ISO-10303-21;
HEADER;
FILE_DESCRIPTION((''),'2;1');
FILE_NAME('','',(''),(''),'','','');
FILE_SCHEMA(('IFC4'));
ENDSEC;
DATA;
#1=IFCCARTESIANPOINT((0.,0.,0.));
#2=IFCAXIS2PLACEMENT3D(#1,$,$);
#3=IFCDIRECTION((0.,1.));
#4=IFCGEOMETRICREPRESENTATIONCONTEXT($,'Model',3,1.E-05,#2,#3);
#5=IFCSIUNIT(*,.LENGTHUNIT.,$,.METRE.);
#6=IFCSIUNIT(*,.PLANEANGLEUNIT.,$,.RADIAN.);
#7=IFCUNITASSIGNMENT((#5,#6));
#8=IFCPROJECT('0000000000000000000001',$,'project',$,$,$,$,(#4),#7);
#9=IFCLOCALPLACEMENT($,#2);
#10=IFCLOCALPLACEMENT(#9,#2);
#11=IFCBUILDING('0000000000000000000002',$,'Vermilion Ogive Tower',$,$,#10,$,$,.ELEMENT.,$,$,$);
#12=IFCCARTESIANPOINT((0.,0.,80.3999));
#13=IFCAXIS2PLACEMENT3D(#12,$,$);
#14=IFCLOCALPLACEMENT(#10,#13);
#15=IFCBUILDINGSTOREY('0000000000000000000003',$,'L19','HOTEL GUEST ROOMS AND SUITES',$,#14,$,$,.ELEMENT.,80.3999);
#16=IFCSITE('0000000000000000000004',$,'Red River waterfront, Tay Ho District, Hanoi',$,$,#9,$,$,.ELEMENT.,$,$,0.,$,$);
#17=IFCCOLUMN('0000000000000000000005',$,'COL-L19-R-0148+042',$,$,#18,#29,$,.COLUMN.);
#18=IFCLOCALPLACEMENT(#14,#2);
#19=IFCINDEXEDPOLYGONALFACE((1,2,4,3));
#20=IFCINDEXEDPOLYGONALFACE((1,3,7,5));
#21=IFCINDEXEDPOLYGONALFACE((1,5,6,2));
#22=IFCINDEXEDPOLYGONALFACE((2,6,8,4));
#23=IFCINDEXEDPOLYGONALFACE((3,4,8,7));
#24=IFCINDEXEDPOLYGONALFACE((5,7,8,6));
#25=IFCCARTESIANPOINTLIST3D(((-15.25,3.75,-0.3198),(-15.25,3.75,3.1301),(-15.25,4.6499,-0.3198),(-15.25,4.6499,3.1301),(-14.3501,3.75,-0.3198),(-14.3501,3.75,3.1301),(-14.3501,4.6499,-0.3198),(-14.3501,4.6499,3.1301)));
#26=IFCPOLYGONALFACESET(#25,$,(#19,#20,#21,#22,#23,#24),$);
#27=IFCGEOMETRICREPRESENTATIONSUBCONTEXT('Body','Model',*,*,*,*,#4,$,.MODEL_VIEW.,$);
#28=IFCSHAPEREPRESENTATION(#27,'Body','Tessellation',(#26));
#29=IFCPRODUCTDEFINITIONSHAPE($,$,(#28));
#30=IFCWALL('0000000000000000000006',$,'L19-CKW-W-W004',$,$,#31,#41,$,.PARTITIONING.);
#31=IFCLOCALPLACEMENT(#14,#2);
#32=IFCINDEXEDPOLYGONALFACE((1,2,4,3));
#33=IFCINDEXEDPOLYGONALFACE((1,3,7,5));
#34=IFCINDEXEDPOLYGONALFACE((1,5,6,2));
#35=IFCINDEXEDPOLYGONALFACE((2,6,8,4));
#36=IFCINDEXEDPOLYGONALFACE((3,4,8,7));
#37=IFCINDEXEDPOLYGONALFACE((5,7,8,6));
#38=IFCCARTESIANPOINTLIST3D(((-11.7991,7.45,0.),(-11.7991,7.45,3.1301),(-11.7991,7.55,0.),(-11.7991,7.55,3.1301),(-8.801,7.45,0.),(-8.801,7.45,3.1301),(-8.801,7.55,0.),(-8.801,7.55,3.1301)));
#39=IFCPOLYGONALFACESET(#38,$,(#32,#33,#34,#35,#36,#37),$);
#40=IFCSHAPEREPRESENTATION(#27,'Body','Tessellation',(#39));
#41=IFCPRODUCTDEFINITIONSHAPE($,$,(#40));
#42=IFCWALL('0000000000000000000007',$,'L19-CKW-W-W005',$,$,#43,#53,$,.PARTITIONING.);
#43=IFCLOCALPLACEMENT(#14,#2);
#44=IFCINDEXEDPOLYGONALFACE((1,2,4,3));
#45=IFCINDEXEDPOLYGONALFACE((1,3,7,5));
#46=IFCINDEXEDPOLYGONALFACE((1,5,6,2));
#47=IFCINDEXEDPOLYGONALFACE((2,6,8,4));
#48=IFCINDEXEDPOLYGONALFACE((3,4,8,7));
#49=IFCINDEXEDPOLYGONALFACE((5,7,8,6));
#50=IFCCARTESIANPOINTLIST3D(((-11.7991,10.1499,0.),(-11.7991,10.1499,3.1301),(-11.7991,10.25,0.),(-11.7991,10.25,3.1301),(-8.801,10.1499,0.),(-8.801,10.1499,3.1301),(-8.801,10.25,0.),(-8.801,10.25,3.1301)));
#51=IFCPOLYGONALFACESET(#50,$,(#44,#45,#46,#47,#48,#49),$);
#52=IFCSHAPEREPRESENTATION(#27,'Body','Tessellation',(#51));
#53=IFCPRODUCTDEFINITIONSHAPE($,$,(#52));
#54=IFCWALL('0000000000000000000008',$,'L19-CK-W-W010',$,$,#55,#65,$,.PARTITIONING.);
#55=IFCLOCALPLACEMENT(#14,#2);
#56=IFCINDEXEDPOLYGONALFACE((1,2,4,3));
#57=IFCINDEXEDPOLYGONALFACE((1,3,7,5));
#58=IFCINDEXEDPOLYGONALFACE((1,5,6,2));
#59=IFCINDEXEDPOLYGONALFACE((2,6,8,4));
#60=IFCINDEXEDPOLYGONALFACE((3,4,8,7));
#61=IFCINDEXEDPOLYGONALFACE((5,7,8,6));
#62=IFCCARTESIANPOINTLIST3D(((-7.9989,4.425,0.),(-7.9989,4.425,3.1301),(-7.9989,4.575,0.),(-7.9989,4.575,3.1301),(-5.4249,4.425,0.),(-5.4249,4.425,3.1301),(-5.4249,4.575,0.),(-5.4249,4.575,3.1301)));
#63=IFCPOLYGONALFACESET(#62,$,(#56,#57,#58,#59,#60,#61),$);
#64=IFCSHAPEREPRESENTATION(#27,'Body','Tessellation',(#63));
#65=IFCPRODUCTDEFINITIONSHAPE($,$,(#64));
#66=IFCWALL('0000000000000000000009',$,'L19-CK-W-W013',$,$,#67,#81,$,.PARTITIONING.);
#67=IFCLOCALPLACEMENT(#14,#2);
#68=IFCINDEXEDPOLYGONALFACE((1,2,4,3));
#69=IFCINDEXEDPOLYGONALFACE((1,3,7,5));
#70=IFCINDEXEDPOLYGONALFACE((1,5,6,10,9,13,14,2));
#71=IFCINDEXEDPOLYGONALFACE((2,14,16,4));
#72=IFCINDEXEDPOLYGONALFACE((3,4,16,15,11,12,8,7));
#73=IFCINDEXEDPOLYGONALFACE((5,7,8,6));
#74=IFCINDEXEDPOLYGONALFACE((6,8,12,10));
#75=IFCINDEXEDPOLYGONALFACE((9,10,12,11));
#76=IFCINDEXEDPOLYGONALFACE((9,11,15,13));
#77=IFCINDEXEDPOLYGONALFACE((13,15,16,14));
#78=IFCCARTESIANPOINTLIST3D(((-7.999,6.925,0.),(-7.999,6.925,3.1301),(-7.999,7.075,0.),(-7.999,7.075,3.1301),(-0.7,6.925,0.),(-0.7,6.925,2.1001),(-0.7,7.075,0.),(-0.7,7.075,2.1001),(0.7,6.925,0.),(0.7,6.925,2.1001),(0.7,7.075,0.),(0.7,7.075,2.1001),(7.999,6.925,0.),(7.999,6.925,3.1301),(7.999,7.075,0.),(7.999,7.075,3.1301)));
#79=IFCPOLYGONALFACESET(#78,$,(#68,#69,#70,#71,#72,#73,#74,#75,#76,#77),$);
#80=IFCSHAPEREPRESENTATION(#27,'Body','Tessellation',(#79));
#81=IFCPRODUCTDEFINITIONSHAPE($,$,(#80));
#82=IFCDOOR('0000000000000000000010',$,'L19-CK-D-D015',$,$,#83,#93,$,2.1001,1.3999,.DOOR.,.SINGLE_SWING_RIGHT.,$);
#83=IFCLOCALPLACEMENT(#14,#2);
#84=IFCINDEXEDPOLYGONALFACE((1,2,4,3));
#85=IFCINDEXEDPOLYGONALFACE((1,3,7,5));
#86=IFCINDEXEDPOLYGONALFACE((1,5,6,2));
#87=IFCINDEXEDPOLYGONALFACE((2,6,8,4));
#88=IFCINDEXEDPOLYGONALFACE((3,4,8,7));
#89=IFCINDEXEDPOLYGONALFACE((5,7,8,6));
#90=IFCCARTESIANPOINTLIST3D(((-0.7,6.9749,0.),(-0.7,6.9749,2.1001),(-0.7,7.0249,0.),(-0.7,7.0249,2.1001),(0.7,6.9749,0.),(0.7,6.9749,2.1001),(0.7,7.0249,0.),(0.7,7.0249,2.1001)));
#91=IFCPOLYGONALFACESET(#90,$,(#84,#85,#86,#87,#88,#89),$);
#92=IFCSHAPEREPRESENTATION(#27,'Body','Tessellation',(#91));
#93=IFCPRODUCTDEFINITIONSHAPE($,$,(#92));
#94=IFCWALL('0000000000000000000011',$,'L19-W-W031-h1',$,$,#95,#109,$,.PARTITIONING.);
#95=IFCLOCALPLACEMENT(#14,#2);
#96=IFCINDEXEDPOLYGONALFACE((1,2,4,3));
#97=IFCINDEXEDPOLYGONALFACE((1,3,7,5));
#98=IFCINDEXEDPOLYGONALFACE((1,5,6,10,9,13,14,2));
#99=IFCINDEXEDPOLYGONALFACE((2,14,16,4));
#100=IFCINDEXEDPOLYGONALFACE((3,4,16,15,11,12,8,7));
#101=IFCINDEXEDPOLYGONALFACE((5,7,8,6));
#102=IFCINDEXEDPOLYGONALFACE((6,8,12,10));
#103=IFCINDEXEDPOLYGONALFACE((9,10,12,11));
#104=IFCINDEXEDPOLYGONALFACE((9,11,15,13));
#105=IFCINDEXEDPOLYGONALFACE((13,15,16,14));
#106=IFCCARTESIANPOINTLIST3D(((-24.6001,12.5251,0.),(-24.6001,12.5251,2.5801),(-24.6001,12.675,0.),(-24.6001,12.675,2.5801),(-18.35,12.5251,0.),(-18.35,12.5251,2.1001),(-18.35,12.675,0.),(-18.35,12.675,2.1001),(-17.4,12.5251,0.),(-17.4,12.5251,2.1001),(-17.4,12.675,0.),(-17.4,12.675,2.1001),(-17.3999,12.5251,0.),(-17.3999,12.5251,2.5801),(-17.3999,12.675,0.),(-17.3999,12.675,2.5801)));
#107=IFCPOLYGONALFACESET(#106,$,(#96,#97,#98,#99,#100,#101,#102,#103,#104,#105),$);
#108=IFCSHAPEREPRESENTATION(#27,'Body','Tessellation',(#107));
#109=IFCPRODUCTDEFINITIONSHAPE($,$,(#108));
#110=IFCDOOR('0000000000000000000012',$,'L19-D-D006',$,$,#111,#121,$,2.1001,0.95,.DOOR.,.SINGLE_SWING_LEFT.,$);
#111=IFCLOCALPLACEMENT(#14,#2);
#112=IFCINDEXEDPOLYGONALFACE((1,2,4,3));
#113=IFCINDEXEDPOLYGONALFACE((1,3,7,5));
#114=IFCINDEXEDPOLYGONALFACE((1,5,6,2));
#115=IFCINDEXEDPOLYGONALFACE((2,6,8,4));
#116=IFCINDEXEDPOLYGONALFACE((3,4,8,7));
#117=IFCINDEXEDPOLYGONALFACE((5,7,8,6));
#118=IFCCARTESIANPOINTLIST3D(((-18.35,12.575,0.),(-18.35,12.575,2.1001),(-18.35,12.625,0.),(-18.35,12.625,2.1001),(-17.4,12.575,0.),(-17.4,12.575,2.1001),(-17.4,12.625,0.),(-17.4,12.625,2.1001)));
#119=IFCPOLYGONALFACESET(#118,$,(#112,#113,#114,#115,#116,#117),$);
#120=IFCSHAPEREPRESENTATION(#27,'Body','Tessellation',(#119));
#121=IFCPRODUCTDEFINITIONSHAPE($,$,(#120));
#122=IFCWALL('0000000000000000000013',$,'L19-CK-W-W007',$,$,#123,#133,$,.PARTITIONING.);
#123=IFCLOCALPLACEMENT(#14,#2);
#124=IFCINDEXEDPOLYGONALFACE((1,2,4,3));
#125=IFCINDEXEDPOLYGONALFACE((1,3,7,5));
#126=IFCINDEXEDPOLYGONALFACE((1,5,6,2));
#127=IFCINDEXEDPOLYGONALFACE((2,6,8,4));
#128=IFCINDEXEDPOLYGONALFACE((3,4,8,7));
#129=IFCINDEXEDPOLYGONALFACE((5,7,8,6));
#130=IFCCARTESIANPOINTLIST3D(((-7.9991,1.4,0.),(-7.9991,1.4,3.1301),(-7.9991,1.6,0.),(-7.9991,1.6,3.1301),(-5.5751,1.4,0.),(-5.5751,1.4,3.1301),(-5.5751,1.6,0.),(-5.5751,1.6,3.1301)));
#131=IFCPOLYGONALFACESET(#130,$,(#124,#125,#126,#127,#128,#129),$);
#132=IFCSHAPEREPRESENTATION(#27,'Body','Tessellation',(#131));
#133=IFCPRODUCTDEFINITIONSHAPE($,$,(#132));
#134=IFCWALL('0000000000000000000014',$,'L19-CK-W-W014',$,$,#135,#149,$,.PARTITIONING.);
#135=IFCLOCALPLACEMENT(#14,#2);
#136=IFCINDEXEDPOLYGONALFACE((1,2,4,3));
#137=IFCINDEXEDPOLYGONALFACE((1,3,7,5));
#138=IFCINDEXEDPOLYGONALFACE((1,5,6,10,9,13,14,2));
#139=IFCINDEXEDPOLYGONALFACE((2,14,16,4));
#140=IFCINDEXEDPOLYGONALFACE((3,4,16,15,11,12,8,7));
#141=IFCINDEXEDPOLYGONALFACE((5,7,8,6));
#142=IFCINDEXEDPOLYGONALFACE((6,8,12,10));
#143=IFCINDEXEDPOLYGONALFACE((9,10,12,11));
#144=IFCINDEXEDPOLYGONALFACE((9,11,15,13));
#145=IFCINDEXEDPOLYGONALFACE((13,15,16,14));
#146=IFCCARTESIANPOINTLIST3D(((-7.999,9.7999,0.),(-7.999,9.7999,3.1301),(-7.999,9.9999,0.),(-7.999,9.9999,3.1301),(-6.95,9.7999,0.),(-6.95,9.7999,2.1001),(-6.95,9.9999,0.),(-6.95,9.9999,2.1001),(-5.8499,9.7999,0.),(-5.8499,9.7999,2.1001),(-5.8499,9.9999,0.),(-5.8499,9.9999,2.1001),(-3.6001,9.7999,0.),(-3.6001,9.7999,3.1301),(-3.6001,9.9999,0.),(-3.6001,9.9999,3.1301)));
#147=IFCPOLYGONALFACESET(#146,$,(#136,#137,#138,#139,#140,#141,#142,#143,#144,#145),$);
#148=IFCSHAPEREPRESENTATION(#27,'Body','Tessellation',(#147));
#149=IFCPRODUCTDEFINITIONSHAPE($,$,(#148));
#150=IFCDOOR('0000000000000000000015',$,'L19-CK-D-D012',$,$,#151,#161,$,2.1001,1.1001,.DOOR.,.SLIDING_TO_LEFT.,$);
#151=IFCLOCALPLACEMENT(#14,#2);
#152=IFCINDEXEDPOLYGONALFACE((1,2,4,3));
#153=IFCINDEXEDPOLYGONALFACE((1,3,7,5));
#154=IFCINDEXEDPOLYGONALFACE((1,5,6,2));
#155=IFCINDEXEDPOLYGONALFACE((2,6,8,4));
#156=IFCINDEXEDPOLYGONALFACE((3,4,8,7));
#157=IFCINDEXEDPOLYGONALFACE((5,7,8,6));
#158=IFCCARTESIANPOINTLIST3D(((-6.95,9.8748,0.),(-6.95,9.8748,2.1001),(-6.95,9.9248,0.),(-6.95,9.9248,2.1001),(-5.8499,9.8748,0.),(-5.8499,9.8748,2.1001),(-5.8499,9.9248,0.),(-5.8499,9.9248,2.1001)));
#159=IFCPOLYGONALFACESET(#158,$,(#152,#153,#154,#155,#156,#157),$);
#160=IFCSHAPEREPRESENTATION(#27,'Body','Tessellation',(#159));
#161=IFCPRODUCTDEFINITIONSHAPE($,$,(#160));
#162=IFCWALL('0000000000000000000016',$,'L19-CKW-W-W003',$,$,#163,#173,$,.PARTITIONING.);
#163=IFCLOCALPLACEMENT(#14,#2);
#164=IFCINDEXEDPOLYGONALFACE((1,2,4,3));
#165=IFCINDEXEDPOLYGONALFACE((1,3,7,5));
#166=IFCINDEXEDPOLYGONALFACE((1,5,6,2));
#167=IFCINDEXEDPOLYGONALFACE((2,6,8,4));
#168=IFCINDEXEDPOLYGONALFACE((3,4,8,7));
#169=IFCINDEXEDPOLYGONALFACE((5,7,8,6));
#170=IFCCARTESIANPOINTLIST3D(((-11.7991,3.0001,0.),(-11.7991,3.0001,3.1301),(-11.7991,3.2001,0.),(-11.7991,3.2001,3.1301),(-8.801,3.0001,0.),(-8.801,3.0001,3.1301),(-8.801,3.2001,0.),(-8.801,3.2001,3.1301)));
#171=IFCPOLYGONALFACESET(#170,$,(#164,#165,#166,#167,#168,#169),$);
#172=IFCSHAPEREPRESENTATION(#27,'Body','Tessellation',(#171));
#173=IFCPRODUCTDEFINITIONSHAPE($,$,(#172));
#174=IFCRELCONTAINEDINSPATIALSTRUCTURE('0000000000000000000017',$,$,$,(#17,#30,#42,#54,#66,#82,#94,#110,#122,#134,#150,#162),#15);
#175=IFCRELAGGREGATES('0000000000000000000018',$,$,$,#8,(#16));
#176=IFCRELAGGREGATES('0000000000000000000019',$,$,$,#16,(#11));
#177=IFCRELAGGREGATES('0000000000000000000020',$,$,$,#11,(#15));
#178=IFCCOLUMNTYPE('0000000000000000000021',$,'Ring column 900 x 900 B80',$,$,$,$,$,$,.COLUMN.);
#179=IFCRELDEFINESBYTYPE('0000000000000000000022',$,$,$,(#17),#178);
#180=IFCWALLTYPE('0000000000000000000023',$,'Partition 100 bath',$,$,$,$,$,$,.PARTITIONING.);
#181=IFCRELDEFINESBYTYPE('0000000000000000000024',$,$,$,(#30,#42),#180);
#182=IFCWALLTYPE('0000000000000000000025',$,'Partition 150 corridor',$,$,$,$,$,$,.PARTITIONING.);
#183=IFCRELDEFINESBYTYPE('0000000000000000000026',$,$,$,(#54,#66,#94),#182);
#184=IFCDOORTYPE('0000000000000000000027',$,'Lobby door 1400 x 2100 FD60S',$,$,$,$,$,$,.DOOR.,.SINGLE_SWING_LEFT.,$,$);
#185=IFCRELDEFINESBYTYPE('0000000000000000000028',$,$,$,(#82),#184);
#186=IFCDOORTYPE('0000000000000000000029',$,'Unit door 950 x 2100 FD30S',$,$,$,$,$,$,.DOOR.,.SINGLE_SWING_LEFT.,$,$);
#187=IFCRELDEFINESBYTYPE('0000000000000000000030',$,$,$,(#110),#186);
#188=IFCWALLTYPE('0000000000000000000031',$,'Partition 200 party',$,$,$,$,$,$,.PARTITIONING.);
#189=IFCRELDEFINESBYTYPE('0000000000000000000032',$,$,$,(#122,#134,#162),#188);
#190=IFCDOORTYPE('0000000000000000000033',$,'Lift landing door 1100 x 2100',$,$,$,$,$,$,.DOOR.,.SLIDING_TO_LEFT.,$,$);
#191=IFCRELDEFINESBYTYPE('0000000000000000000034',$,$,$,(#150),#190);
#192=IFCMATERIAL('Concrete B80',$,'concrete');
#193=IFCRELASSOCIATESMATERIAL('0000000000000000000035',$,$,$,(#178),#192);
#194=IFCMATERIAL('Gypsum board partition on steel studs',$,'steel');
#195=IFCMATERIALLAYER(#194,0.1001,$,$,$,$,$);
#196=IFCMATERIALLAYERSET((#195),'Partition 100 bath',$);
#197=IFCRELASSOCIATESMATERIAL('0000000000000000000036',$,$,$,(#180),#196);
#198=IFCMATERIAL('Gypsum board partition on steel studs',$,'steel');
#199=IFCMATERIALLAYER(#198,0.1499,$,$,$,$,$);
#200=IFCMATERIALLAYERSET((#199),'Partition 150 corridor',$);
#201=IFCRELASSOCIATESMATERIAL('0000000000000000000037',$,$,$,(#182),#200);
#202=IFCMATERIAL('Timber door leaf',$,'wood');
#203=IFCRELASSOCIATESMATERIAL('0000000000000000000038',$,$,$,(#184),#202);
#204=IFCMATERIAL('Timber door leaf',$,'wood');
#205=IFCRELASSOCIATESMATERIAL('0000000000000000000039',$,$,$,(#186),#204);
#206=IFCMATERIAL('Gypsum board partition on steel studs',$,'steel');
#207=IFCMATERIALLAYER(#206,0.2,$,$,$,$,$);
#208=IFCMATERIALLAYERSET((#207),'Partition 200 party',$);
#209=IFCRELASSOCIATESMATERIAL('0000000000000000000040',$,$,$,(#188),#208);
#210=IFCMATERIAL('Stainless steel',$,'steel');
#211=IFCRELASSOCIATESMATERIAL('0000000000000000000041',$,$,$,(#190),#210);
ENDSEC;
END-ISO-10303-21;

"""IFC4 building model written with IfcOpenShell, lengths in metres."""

from ifc_helpers import new_model, si_unit, direction, frame, frame_2d, origin, origin_2d, place, context, subcontext, project, spatial, rectangle, extrude, material, layer, layer_set, material_profile, profile_set, type_object, element, fill, save


model = new_model("IFC4")

# Units and contexts
model_context = context("Model", 3, precision=1e-05, world=origin(), true_north=direction((0.0, 1.0)))
body_context = subcontext(model_context, "Body", "Model", "MODEL_VIEW")
ifc_project = project(units=[si_unit("LENGTHUNIT", "METRE"), si_unit("PLANEANGLEUNIT", "RADIAN")], contexts=[model_context])

# Site, building, storey
site_placement = place(None, origin())
site = spatial("IfcSite", under=ifc_project, at=site_placement, Name="Red River waterfront, Tay Ho District, Hanoi", CompositionType="ELEMENT", RefElevation=0.0)
building_placement = place(site_placement, origin())
building = spatial("IfcBuilding", under=site, at=building_placement, Name="Vermilion Ogive Tower", CompositionType="ELEMENT")
storey_placement = place(building_placement, frame((0.0, 0.0, 80.3999)))
storey = spatial("IfcBuildingStorey", under=building, at=storey_placement, Name="L19", Description="HOTEL GUEST ROOMS AND SUITES", CompositionType="ELEMENT", Elevation=80.3999)

# Column
ifc_material_1 = material(Name="Concrete B80", Category="concrete")
ifc_material_profile = material_profile(ifc_material_1, rectangle(XDim=0.8999, YDim=0.8999, at=origin_2d()), Name="900 x 900")
ifc_profile_set = profile_set([ifc_material_profile], Name="Concrete B80")
column_type = type_object("IfcColumnType", Name="Ring column 900 x 900 B80", PredefinedType="COLUMN", material=ifc_profile_set)
column_placement = place(storey_placement, frame((-14.8, 4.2, -0.3198), z_axis=(0.0, 0.0, 1.0), x_axis=(1.0, 0.0, 0.0)))
element("IfcColumn", 1, at=column_placement, inside=storey, type_object=column_type, Name="COL-L19-R-0148+042", PredefinedType="COLUMN", context=body_context, shape_type="SweptSolid", body=[
    extrude(rectangle(XDim=0.8999, YDim=0.8999, at=origin_2d()), origin(), (0.0, 0.0, 1.0), 3.45),
])

# Walls
ifc_material_2 = material(Name="Gypsum board partition on steel studs", Category="steel")
ifc_layer_1 = layer(ifc_material_2, 0.1001)
ifc_layer_set_1 = layer_set([ifc_layer_1], Name="Partition 100 bath")
wall_type_1 = type_object("IfcWallType", Name="Partition 100 bath", PredefinedType="PARTITIONING", material=ifc_layer_set_1)
for number, where, z_axis, x_axis, name in (
    (2, (-11.7991, 7.5, 0.0), (0.0, 0.0, 1.0), (1.0, 0.0, 0.0), "L19-CKW-W-W004"),
    (3, (-11.7991, 10.2, 0.0), (0.0, 0.0, 1.0), (1.0, 0.0, 0.0), "L19-CKW-W-W005"),
):
    element("IfcWall", number, at=place(storey_placement, frame(where, z_axis=z_axis, x_axis=x_axis)), inside=storey, type_object=wall_type_1, Name=name, PredefinedType="PARTITIONING", context=body_context, shape_type="SweptSolid", body=[
        extrude(rectangle(XDim=2.998, YDim=0.1001, at=frame_2d((1.499, 0.0))), origin(), (0.0, 0.0, 1.0), 3.1301),
    ])
ifc_material_3 = material(Name="Gypsum board partition on steel studs", Category="steel")
ifc_layer_2 = layer(ifc_material_3, 0.1499)
ifc_layer_set_2 = layer_set([ifc_layer_2], Name="Partition 150 corridor")
wall_type_2 = type_object("IfcWallType", Name="Partition 150 corridor", PredefinedType="PARTITIONING", material=ifc_layer_set_2)
wall_1_placement = place(storey_placement, frame((-7.999, 4.5, 0.0), z_axis=(0.0, 0.0, 1.0), x_axis=(1.0, 0.0, 0.0)))
element("IfcWall", 4, at=wall_1_placement, inside=storey, type_object=wall_type_2, Name="L19-CK-W-W010", PredefinedType="PARTITIONING", context=body_context, shape_type="SweptSolid", body=[
    extrude(rectangle(XDim=2.574, YDim=0.1499, at=frame_2d((1.2871, 0.0))), origin(), (0.0, 0.0, 1.0), 3.1301),
])

# Walls, openings, doors
wall_2_placement = place(storey_placement, frame((-7.999, 7.0, 0.0), z_axis=(0.0, 0.0, 1.0), x_axis=(1.0, 0.0, 0.0)))
wall_2 = element("IfcWall", 5, at=wall_2_placement, inside=storey, type_object=wall_type_2, Name="L19-CK-W-W013", PredefinedType="PARTITIONING", context=body_context, shape_type="SweptSolid", body=[
    extrude(rectangle(XDim=15.998, YDim=0.1499, at=frame_2d((7.999, 0.0))), origin(), (0.0, 0.0, 1.0), 3.1301),
])
opening_1_placement = place(wall_2_placement, frame((7.2991, 0.0, 0.0)))
opening_1 = element("IfcOpeningElement", 6, at=opening_1_placement, cuts=wall_2, PredefinedType="OPENING", context=body_context, shape_type="SweptSolid", body=[
    extrude(rectangle(XDim=1.3999, YDim=2.1001, at=frame_2d((0.7, 1.05))), frame((0.0, 0.085, 0.0), z_axis=(0.0, -1.0, 0.0), x_axis=(1.0, 0.0, 0.0)), (0.0, 0.0, 1.0), 0.1699),
])
ifc_material_4 = material(Name="Timber door leaf", Category="wood")
door_type_1 = type_object("IfcDoorType", Name="Lobby door 1400 x 2100 FD60S", OperationType="SINGLE_SWING_LEFT", PredefinedType="DOOR", material=ifc_material_4)
door_1_placement = place(opening_1_placement, origin())
door_1 = element("IfcDoor", 7, at=door_1_placement, inside=storey, type_object=door_type_1, Name="L19-CK-D-D015", OperationType="SINGLE_SWING_RIGHT", OverallHeight=2.1001, OverallWidth=1.3999, PredefinedType="DOOR", context=body_context, shape_type="SweptSolid", body=[
    extrude(rectangle(XDim=1.3999, YDim=2.1001, at=frame_2d((0.7, 1.05))), frame((0.0, 0.0249, 0.0), z_axis=(0.0, -1.0, 0.0), x_axis=(1.0, 0.0, 0.0)), (0.0, 0.0, 1.0), 0.05),
])
fill(opening_1, door_1)
wall_3_placement = place(storey_placement, frame((-24.6001, 12.6001, 0.0), z_axis=(0.0, 0.0, 1.0), x_axis=(1.0, 0.0, 0.0)))
wall_3 = element("IfcWall", 8, at=wall_3_placement, inside=storey, type_object=wall_type_2, Name="L19-W-W031-h1", PredefinedType="PARTITIONING", context=body_context, shape_type="SweptSolid", body=[
    extrude(rectangle(XDim=7.2002, YDim=0.1499, at=frame_2d((3.6001, 0.0))), origin(), (0.0, 0.0, 1.0), 2.5801),
])
opening_2_placement = place(wall_3_placement, frame((6.25, 0.0, 0.0)))
opening_2 = element("IfcOpeningElement", 9, at=opening_2_placement, cuts=wall_3, PredefinedType="OPENING", context=body_context, shape_type="SweptSolid", body=[
    extrude(rectangle(XDim=0.95, YDim=2.1001, at=frame_2d((0.4751, 1.05))), frame((0.0, 0.085, 0.0), z_axis=(0.0, -1.0, 0.0), x_axis=(1.0, 0.0, 0.0)), (0.0, 0.0, 1.0), 0.1699),
])
ifc_material_5 = material(Name="Timber door leaf", Category="wood")
door_type_2 = type_object("IfcDoorType", Name="Unit door 950 x 2100 FD30S", OperationType="SINGLE_SWING_LEFT", PredefinedType="DOOR", material=ifc_material_5)
door_2_placement = place(opening_2_placement, origin())
door_2 = element("IfcDoor", 10, at=door_2_placement, inside=storey, type_object=door_type_2, Name="L19-D-D006", OperationType="SINGLE_SWING_LEFT", OverallHeight=2.1001, OverallWidth=0.95, PredefinedType="DOOR", context=body_context, shape_type="SweptSolid", body=[
    extrude(rectangle(XDim=0.95, YDim=2.1001, at=frame_2d((0.4751, 1.05))), frame((0.0, 0.0249, 0.0), z_axis=(0.0, -1.0, 0.0), x_axis=(1.0, 0.0, 0.0)), (0.0, 0.0, 1.0), 0.05),
])
fill(opening_2, door_2)

# Wall
ifc_material_6 = material(Name="Gypsum board partition on steel studs", Category="steel")
ifc_layer_3 = layer(ifc_material_6, 0.2)
ifc_layer_set_3 = layer_set([ifc_layer_3], Name="Partition 200 party")
wall_type_3 = type_object("IfcWallType", Name="Partition 200 party", PredefinedType="PARTITIONING", material=ifc_layer_set_3)
wall_4_placement = place(storey_placement, frame((-7.999, 1.5, 0.0), z_axis=(0.0, 0.0, 1.0), x_axis=(1.0, 0.0, 0.0)))
element("IfcWall", 11, at=wall_4_placement, inside=storey, type_object=wall_type_3, Name="L19-CK-W-W007", PredefinedType="PARTITIONING", context=body_context, shape_type="SweptSolid", body=[
    extrude(rectangle(XDim=2.4241, YDim=0.2, at=frame_2d((1.2119, 0.0))), origin(), (0.0, 0.0, 1.0), 3.1301),
])

# Wall, opening, door
wall_5_placement = place(storey_placement, frame((-7.999, 9.8999, 0.0), z_axis=(0.0, 0.0, 1.0), x_axis=(1.0, 0.0, 0.0)))
wall_5 = element("IfcWall", 12, at=wall_5_placement, inside=storey, type_object=wall_type_3, Name="L19-CK-W-W014", PredefinedType="PARTITIONING", context=body_context, shape_type="SweptSolid", body=[
    extrude(rectangle(XDim=4.3989, YDim=0.2, at=frame_2d((2.1995, 0.0))), origin(), (0.0, 0.0, 1.0), 3.1301),
])
opening_3_placement = place(wall_5_placement, frame((1.0491, 0.0, 0.0)))
opening_3 = element("IfcOpeningElement", 13, at=opening_3_placement, cuts=wall_5, PredefinedType="OPENING", context=body_context, shape_type="SweptSolid", body=[
    extrude(rectangle(XDim=1.1001, YDim=2.1001, at=frame_2d((0.55, 1.05))), frame((0.0, 0.1099, 0.0), z_axis=(0.0, -1.0, 0.0), x_axis=(1.0, 0.0, 0.0)), (0.0, 0.0, 1.0), 0.22),
])
ifc_material_7 = material(Name="Stainless steel", Category="steel")
door_type_3 = type_object("IfcDoorType", Name="Lift landing door 1100 x 2100", OperationType="SLIDING_TO_LEFT", PredefinedType="DOOR", material=ifc_material_7)
door_3_placement = place(opening_3_placement, origin())
door_3 = element("IfcDoor", 14, at=door_3_placement, inside=storey, type_object=door_type_3, Name="L19-CK-D-D012", OperationType="SLIDING_TO_LEFT", OverallHeight=2.1001, OverallWidth=1.1001, PredefinedType="DOOR", context=body_context, shape_type="SweptSolid", body=[
    extrude(rectangle(XDim=1.1001, YDim=2.1001, at=frame_2d((0.55, 1.05))), frame((0.0, 0.0249, 0.0), z_axis=(0.0, -1.0, 0.0), x_axis=(1.0, 0.0, 0.0)), (0.0, 0.0, 1.0), 0.05),
])
fill(opening_3, door_3)

# Wall
wall_6_placement = place(storey_placement, frame((-11.7991, 3.1001, 0.0), z_axis=(0.0, 0.0, 1.0), x_axis=(1.0, 0.0, 0.0)))
element("IfcWall", 15, at=wall_6_placement, inside=storey, type_object=wall_type_3, Name="L19-CKW-W-W003", PredefinedType="PARTITIONING", context=body_context, shape_type="SweptSolid", body=[
    extrude(rectangle(XDim=2.998, YDim=0.2, at=frame_2d((1.499, 0.0))), origin(), (0.0, 0.0, 1.0), 3.1301),
])

save(model, "model.ifc")
